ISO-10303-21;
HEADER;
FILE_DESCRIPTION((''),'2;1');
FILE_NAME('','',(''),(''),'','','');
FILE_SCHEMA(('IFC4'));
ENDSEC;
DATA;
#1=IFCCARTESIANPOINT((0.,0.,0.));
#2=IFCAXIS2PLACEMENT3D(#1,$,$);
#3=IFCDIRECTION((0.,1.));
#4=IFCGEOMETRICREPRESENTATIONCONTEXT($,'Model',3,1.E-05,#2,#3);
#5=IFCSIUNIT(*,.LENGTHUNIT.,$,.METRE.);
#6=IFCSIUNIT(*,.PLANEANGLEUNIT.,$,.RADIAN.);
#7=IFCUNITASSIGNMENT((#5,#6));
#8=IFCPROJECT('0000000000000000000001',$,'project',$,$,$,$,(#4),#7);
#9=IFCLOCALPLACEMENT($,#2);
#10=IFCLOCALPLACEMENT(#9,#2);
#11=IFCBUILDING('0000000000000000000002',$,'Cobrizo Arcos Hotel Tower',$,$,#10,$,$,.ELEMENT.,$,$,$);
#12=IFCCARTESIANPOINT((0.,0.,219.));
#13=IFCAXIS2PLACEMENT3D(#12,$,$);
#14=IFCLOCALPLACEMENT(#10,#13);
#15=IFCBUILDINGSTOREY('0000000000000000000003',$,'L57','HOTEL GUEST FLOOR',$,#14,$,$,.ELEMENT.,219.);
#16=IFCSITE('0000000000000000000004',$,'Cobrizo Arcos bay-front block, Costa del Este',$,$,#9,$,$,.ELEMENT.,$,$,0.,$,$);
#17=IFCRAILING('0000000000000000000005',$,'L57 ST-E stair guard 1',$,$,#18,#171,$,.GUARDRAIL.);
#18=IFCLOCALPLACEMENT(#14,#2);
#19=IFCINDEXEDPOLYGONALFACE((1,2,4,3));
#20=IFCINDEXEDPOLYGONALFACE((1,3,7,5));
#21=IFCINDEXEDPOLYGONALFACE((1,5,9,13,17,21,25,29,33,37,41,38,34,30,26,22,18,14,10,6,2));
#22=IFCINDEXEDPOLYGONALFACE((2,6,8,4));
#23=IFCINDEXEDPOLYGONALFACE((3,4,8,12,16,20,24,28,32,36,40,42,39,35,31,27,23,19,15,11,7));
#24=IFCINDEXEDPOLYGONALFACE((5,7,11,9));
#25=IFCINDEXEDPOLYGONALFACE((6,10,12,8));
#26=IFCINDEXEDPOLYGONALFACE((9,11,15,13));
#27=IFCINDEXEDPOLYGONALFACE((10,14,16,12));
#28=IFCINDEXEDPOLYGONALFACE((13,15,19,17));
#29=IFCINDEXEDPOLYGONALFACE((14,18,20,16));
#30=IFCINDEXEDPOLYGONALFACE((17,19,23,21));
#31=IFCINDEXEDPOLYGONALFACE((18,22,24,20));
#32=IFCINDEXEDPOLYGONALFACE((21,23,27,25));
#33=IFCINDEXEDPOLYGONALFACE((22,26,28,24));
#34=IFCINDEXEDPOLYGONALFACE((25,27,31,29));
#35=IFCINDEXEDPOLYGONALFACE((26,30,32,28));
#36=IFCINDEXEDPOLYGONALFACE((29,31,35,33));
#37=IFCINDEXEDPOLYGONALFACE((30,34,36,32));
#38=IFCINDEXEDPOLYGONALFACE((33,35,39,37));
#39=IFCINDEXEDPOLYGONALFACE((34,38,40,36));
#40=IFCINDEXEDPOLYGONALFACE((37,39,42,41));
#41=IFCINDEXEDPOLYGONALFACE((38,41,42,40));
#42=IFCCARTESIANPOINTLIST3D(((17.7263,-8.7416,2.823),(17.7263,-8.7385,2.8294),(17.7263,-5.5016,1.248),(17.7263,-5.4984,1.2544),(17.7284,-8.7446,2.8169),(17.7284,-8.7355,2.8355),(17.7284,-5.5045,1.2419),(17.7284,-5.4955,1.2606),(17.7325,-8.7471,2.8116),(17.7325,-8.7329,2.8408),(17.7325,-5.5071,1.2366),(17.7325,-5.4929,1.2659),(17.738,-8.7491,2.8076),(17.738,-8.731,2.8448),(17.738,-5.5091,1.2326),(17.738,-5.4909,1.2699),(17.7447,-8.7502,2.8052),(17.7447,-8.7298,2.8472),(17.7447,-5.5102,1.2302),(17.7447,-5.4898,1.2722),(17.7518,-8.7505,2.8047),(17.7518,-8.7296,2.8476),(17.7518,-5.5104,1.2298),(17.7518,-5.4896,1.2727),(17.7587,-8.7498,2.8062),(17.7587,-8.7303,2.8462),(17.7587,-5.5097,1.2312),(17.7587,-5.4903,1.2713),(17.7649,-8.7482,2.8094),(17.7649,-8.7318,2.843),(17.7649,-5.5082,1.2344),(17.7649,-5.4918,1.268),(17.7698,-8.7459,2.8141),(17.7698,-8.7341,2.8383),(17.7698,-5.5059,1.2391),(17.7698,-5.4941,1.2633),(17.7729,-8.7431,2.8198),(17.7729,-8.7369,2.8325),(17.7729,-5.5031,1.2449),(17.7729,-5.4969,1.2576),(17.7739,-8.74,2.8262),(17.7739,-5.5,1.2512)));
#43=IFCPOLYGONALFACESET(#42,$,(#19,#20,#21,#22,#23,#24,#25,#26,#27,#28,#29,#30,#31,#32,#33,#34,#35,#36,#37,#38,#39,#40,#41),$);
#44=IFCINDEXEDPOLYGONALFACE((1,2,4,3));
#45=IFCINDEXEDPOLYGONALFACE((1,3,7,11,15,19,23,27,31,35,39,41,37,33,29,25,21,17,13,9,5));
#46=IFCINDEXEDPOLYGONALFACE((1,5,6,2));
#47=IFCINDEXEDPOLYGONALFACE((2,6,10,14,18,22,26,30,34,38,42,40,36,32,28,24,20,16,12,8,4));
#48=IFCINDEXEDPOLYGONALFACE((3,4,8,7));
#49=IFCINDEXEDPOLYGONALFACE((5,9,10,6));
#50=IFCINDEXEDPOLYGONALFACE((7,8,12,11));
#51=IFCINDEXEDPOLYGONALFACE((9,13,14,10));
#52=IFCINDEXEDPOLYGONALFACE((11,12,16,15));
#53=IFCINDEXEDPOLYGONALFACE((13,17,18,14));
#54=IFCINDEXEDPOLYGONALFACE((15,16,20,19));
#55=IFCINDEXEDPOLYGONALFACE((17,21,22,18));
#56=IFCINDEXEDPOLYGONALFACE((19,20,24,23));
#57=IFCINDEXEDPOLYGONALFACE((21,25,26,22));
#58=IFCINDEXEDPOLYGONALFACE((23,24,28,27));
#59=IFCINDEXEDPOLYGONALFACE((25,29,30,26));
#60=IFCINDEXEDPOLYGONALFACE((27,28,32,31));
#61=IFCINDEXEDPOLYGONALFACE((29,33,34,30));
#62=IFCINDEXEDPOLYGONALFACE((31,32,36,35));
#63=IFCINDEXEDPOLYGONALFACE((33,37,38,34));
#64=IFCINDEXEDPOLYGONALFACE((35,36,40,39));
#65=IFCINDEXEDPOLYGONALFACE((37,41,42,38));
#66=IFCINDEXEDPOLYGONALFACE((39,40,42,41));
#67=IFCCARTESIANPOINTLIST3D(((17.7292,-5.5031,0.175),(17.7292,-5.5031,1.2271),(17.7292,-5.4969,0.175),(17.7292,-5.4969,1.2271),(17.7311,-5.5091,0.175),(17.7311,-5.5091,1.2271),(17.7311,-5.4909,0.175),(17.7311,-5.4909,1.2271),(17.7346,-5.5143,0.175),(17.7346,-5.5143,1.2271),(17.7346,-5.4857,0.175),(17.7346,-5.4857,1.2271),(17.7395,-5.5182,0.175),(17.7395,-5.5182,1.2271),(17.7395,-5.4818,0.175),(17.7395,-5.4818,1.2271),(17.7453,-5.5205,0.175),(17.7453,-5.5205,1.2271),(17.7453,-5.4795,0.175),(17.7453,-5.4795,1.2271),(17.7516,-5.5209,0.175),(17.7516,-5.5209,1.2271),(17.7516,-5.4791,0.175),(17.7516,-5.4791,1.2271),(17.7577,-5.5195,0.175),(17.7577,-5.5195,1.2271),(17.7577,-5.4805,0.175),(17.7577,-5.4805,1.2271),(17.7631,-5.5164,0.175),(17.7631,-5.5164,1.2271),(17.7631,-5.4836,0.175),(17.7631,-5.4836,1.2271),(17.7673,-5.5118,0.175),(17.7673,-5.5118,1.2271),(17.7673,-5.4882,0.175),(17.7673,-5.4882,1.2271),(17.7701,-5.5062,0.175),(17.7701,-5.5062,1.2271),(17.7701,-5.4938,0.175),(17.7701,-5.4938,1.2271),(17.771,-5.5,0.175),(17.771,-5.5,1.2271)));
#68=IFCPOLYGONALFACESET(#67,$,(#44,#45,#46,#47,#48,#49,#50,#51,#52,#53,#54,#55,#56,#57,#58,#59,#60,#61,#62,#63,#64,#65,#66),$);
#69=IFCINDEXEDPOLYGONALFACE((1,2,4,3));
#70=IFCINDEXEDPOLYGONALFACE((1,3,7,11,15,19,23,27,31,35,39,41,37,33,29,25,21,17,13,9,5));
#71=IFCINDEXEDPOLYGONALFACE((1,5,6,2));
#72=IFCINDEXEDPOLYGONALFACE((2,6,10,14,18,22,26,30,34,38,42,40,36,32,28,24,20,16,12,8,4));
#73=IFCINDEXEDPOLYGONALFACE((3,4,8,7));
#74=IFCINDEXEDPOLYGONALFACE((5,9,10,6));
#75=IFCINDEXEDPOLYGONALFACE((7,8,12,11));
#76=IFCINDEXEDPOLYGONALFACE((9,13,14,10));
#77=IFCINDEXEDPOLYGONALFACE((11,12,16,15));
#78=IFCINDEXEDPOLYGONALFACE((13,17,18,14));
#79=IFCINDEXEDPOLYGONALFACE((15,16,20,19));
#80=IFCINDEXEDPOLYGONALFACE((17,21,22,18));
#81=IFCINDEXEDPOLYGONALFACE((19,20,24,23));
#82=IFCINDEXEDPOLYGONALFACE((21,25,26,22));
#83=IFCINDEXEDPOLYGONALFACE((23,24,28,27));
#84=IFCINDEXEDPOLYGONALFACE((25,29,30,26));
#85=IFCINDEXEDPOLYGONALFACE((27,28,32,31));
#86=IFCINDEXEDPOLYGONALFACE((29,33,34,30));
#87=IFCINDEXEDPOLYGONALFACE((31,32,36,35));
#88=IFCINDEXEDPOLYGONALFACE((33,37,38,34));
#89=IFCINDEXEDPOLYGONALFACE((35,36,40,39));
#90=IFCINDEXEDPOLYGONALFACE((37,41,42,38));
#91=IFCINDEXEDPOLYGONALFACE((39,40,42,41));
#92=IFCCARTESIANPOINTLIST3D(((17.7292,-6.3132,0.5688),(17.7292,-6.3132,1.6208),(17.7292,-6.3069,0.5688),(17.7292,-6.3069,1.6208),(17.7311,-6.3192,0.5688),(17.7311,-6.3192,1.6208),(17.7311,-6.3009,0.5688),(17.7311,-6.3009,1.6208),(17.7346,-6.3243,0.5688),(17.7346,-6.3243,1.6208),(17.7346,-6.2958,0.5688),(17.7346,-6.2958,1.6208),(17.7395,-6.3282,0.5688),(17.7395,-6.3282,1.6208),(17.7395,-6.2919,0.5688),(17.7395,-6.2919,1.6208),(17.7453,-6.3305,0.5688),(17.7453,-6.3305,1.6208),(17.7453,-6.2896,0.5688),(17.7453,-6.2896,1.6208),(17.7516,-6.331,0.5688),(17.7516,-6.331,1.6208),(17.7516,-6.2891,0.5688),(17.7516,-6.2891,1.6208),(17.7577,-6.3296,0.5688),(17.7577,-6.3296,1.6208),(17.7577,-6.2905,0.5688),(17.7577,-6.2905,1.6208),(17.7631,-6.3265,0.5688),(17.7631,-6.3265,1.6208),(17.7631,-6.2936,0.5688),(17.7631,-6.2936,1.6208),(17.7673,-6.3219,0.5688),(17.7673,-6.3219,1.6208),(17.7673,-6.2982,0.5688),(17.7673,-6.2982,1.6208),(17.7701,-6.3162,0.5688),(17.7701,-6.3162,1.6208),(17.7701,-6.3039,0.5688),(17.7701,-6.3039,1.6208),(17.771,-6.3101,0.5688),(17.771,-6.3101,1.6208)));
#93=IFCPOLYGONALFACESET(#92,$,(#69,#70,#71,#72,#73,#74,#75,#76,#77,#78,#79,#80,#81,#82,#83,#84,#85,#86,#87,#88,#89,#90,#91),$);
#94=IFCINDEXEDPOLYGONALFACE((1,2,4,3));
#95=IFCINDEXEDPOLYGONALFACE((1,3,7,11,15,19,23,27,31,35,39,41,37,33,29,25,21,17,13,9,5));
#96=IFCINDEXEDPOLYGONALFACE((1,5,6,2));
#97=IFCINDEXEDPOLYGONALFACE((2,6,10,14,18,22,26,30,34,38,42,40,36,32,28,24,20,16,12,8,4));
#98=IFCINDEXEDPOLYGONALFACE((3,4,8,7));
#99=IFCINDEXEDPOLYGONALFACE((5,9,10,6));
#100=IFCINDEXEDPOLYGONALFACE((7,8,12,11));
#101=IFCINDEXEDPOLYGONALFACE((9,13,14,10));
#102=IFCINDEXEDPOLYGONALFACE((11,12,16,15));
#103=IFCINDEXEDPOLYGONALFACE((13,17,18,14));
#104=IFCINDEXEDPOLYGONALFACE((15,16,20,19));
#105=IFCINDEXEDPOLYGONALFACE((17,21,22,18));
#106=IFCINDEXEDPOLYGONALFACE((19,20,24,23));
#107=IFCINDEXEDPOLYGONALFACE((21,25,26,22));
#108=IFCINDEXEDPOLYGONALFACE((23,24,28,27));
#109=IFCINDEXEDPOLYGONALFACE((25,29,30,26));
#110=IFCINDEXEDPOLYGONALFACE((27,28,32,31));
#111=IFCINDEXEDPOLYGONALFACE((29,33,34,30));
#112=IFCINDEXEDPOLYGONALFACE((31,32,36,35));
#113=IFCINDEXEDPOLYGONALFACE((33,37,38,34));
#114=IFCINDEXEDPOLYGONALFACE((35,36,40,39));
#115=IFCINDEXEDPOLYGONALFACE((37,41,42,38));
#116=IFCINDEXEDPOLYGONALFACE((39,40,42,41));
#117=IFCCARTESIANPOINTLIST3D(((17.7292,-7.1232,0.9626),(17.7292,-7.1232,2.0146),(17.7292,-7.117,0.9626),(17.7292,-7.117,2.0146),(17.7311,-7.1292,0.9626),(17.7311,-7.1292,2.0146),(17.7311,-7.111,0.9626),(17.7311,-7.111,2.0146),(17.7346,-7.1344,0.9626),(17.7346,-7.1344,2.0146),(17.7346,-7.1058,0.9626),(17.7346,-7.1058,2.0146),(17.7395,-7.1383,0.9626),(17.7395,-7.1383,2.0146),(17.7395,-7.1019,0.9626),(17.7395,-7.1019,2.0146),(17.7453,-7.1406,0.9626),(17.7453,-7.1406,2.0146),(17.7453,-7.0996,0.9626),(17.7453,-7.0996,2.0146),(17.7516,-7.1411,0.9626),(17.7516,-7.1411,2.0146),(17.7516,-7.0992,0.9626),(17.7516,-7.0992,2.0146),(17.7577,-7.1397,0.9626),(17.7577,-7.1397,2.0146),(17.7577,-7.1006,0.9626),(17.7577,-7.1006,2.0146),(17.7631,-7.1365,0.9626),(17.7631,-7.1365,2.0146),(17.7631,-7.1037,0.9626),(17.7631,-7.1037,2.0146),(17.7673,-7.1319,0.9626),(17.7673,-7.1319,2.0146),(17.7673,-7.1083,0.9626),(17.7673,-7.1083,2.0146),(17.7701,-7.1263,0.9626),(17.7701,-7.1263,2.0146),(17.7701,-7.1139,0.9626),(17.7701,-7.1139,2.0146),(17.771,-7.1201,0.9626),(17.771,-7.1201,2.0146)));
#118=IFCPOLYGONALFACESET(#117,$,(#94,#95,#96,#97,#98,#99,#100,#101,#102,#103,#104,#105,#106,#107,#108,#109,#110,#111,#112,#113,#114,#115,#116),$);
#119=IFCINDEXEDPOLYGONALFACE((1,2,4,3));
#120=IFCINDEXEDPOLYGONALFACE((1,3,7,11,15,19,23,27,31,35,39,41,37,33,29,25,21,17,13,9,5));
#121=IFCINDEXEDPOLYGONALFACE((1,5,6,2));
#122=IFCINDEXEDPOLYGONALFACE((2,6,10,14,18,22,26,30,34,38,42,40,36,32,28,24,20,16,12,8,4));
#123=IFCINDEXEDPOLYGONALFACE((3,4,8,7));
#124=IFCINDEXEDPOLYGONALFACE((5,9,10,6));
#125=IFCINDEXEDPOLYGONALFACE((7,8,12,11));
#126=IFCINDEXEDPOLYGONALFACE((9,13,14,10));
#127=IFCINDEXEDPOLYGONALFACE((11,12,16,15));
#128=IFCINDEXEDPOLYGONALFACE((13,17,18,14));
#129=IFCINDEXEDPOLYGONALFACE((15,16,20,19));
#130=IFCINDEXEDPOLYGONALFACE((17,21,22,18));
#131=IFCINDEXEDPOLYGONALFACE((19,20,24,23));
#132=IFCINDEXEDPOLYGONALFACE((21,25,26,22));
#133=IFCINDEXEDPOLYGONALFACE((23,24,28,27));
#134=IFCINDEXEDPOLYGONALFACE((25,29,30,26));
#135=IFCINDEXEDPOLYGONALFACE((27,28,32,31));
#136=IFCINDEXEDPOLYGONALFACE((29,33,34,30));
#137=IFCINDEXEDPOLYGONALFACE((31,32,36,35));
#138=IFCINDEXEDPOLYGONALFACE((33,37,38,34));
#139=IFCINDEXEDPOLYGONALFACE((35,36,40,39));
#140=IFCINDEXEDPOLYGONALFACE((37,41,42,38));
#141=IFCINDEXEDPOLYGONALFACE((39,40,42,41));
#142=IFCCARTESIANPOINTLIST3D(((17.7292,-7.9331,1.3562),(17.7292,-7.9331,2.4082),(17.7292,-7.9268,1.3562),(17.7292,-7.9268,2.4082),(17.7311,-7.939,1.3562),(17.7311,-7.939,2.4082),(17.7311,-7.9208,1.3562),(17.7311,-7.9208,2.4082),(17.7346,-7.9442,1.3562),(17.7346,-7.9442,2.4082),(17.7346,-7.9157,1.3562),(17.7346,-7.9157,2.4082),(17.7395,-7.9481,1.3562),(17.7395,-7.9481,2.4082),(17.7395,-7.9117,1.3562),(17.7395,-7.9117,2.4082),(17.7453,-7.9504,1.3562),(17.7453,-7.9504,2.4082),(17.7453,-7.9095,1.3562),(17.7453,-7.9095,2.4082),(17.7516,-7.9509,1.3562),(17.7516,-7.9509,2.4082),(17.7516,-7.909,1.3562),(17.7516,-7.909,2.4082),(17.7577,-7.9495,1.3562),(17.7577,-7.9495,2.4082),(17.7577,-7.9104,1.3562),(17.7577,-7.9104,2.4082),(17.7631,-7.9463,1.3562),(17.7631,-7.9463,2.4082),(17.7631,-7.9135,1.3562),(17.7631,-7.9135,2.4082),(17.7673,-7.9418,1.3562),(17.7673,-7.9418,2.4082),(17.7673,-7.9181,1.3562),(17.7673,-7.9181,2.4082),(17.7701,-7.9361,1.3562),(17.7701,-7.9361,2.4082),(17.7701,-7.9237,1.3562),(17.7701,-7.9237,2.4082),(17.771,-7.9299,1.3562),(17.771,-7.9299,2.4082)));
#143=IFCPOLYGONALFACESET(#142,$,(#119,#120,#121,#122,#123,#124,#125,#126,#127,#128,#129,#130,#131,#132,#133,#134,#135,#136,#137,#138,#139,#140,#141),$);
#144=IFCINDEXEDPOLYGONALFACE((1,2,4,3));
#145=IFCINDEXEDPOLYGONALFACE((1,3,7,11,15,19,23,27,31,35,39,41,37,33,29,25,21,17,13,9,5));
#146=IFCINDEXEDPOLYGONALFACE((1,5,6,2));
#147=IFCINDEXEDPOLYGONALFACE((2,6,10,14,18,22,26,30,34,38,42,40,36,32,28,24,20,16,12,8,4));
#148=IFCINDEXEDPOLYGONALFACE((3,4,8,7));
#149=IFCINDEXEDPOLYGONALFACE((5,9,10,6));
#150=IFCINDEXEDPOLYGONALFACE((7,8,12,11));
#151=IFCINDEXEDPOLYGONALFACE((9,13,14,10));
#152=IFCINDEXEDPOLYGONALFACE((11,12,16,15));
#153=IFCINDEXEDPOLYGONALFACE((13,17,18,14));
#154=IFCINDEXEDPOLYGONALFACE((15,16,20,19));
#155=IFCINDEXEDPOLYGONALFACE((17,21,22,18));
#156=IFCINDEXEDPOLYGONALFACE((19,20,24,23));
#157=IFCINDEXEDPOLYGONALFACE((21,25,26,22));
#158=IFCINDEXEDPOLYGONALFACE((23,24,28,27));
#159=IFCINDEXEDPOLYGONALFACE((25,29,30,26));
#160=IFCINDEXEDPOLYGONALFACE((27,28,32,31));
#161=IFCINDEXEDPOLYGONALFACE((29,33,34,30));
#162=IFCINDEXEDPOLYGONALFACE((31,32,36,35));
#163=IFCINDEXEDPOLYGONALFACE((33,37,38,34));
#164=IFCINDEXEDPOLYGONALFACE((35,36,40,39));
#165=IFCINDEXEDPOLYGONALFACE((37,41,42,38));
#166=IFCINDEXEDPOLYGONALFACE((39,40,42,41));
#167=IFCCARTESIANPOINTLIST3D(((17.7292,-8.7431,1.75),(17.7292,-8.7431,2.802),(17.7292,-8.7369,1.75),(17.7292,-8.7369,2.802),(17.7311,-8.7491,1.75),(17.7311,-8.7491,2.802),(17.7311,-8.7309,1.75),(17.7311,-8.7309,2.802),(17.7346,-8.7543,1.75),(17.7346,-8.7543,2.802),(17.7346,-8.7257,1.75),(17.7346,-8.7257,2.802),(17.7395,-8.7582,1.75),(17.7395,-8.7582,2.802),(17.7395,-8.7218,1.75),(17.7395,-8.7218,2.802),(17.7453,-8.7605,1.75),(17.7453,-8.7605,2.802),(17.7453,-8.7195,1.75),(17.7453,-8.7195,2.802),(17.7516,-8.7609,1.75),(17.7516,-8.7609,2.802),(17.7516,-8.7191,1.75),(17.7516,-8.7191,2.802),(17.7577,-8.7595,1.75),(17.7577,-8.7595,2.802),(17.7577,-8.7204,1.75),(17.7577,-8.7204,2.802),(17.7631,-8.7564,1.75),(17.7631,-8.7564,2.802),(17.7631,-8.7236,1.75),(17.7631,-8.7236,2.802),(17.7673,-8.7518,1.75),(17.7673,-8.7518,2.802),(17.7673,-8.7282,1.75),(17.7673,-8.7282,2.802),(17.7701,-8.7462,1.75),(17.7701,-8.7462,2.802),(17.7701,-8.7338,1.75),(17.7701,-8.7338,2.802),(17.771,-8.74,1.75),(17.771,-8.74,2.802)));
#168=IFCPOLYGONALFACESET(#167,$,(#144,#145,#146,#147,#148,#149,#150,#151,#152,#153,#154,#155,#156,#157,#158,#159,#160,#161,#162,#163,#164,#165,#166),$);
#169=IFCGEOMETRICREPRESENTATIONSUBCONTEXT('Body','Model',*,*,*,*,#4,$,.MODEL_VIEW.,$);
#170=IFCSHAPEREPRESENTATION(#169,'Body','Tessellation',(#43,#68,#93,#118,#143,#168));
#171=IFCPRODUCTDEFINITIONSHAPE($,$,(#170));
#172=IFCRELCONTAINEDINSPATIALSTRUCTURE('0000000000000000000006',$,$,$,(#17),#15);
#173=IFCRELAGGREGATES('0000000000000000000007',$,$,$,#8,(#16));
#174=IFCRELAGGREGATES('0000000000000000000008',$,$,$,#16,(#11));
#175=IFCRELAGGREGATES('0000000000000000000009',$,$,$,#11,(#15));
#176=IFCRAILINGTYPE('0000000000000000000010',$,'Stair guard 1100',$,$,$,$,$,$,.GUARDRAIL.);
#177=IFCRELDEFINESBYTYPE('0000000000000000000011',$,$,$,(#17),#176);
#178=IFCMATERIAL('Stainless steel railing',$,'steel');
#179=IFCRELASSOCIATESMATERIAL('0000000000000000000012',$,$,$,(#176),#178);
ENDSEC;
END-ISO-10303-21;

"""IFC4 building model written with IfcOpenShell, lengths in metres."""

from ifc_helpers import new_model, si_unit, direction, frame, origin, origin_2d, place, context, subcontext, project, spatial, circle, extrude, material, type_object, element, save


model = new_model("IFC4")

# Units and contexts
model_context = context("Model", 3, precision=1e-05, world=origin(), true_north=direction((0.0, 1.0)))
body_context = subcontext(model_context, "Body", "Model", "MODEL_VIEW")
ifc_project = project(units=[si_unit("LENGTHUNIT", "METRE"), si_unit("PLANEANGLEUNIT", "RADIAN")], contexts=[model_context])

# Site, building, storey
site_placement = place(None, origin())
site = spatial("IfcSite", under=ifc_project, at=site_placement, Name="Cobrizo Arcos bay-front block, Costa del Este", CompositionType="ELEMENT", RefElevation=0.0)
building_placement = place(site_placement, origin())
building = spatial("IfcBuilding", under=site, at=building_placement, Name="Cobrizo Arcos Hotel Tower", CompositionType="ELEMENT")
storey_placement = place(building_placement, frame((0.0, 0.0, 219.0)))
storey = spatial("IfcBuildingStorey", under=building, at=storey_placement, Name="L57", Description="HOTEL GUEST FLOOR", CompositionType="ELEMENT", Elevation=219.0)

# Railing
ifc_material_1 = material(Name="Stainless steel railing", Category="steel")
railing_type_1 = type_object("IfcRailingType", Name="Stair guard 1100", PredefinedType="GUARDRAIL", material=ifc_material_1)
railing_1_placement = place(storey_placement, frame((17.75, -5.5, 0.175)))
element("IfcRailing", 1, at=railing_1_placement, inside=storey, type_object=railing_type_1, Name="L57 ST-E stair guard 1", PredefinedType="GUARDRAIL", context=body_context, shape_type="SweptSolid", body=[
    extrude(circle(Radius=0.0239, at=origin_2d()), frame((0.0, 0.0, 1.0762), z_axis=(0.0, -0.899373, 0.437183), x_axis=(1.0, 0.0, 0.0)), (0.0, 0.0, 1.0), 3.6025),
    extrude(circle(Radius=0.021, at=origin_2d()), origin(), (0.0, 0.0, 1.0), 1.052),
    extrude(circle(Radius=0.021, at=origin_2d()), frame((0.0, -0.8101, 0.3938)), (0.0, 0.0, 1.0), 1.052),
    extrude(circle(Radius=0.021, at=origin_2d()), frame((0.0, -1.6201, 0.7876)), (0.0, 0.0, 1.0), 1.052),
    extrude(circle(Radius=0.021, at=origin_2d()), frame((0.0, -2.4299, 1.1812)), (0.0, 0.0, 1.0), 1.052),
    extrude(circle(Radius=0.021, at=origin_2d()), frame((0.0, -3.24, 1.575)), (0.0, 0.0, 1.0), 1.052),
])

save(model, "model.ifc")
